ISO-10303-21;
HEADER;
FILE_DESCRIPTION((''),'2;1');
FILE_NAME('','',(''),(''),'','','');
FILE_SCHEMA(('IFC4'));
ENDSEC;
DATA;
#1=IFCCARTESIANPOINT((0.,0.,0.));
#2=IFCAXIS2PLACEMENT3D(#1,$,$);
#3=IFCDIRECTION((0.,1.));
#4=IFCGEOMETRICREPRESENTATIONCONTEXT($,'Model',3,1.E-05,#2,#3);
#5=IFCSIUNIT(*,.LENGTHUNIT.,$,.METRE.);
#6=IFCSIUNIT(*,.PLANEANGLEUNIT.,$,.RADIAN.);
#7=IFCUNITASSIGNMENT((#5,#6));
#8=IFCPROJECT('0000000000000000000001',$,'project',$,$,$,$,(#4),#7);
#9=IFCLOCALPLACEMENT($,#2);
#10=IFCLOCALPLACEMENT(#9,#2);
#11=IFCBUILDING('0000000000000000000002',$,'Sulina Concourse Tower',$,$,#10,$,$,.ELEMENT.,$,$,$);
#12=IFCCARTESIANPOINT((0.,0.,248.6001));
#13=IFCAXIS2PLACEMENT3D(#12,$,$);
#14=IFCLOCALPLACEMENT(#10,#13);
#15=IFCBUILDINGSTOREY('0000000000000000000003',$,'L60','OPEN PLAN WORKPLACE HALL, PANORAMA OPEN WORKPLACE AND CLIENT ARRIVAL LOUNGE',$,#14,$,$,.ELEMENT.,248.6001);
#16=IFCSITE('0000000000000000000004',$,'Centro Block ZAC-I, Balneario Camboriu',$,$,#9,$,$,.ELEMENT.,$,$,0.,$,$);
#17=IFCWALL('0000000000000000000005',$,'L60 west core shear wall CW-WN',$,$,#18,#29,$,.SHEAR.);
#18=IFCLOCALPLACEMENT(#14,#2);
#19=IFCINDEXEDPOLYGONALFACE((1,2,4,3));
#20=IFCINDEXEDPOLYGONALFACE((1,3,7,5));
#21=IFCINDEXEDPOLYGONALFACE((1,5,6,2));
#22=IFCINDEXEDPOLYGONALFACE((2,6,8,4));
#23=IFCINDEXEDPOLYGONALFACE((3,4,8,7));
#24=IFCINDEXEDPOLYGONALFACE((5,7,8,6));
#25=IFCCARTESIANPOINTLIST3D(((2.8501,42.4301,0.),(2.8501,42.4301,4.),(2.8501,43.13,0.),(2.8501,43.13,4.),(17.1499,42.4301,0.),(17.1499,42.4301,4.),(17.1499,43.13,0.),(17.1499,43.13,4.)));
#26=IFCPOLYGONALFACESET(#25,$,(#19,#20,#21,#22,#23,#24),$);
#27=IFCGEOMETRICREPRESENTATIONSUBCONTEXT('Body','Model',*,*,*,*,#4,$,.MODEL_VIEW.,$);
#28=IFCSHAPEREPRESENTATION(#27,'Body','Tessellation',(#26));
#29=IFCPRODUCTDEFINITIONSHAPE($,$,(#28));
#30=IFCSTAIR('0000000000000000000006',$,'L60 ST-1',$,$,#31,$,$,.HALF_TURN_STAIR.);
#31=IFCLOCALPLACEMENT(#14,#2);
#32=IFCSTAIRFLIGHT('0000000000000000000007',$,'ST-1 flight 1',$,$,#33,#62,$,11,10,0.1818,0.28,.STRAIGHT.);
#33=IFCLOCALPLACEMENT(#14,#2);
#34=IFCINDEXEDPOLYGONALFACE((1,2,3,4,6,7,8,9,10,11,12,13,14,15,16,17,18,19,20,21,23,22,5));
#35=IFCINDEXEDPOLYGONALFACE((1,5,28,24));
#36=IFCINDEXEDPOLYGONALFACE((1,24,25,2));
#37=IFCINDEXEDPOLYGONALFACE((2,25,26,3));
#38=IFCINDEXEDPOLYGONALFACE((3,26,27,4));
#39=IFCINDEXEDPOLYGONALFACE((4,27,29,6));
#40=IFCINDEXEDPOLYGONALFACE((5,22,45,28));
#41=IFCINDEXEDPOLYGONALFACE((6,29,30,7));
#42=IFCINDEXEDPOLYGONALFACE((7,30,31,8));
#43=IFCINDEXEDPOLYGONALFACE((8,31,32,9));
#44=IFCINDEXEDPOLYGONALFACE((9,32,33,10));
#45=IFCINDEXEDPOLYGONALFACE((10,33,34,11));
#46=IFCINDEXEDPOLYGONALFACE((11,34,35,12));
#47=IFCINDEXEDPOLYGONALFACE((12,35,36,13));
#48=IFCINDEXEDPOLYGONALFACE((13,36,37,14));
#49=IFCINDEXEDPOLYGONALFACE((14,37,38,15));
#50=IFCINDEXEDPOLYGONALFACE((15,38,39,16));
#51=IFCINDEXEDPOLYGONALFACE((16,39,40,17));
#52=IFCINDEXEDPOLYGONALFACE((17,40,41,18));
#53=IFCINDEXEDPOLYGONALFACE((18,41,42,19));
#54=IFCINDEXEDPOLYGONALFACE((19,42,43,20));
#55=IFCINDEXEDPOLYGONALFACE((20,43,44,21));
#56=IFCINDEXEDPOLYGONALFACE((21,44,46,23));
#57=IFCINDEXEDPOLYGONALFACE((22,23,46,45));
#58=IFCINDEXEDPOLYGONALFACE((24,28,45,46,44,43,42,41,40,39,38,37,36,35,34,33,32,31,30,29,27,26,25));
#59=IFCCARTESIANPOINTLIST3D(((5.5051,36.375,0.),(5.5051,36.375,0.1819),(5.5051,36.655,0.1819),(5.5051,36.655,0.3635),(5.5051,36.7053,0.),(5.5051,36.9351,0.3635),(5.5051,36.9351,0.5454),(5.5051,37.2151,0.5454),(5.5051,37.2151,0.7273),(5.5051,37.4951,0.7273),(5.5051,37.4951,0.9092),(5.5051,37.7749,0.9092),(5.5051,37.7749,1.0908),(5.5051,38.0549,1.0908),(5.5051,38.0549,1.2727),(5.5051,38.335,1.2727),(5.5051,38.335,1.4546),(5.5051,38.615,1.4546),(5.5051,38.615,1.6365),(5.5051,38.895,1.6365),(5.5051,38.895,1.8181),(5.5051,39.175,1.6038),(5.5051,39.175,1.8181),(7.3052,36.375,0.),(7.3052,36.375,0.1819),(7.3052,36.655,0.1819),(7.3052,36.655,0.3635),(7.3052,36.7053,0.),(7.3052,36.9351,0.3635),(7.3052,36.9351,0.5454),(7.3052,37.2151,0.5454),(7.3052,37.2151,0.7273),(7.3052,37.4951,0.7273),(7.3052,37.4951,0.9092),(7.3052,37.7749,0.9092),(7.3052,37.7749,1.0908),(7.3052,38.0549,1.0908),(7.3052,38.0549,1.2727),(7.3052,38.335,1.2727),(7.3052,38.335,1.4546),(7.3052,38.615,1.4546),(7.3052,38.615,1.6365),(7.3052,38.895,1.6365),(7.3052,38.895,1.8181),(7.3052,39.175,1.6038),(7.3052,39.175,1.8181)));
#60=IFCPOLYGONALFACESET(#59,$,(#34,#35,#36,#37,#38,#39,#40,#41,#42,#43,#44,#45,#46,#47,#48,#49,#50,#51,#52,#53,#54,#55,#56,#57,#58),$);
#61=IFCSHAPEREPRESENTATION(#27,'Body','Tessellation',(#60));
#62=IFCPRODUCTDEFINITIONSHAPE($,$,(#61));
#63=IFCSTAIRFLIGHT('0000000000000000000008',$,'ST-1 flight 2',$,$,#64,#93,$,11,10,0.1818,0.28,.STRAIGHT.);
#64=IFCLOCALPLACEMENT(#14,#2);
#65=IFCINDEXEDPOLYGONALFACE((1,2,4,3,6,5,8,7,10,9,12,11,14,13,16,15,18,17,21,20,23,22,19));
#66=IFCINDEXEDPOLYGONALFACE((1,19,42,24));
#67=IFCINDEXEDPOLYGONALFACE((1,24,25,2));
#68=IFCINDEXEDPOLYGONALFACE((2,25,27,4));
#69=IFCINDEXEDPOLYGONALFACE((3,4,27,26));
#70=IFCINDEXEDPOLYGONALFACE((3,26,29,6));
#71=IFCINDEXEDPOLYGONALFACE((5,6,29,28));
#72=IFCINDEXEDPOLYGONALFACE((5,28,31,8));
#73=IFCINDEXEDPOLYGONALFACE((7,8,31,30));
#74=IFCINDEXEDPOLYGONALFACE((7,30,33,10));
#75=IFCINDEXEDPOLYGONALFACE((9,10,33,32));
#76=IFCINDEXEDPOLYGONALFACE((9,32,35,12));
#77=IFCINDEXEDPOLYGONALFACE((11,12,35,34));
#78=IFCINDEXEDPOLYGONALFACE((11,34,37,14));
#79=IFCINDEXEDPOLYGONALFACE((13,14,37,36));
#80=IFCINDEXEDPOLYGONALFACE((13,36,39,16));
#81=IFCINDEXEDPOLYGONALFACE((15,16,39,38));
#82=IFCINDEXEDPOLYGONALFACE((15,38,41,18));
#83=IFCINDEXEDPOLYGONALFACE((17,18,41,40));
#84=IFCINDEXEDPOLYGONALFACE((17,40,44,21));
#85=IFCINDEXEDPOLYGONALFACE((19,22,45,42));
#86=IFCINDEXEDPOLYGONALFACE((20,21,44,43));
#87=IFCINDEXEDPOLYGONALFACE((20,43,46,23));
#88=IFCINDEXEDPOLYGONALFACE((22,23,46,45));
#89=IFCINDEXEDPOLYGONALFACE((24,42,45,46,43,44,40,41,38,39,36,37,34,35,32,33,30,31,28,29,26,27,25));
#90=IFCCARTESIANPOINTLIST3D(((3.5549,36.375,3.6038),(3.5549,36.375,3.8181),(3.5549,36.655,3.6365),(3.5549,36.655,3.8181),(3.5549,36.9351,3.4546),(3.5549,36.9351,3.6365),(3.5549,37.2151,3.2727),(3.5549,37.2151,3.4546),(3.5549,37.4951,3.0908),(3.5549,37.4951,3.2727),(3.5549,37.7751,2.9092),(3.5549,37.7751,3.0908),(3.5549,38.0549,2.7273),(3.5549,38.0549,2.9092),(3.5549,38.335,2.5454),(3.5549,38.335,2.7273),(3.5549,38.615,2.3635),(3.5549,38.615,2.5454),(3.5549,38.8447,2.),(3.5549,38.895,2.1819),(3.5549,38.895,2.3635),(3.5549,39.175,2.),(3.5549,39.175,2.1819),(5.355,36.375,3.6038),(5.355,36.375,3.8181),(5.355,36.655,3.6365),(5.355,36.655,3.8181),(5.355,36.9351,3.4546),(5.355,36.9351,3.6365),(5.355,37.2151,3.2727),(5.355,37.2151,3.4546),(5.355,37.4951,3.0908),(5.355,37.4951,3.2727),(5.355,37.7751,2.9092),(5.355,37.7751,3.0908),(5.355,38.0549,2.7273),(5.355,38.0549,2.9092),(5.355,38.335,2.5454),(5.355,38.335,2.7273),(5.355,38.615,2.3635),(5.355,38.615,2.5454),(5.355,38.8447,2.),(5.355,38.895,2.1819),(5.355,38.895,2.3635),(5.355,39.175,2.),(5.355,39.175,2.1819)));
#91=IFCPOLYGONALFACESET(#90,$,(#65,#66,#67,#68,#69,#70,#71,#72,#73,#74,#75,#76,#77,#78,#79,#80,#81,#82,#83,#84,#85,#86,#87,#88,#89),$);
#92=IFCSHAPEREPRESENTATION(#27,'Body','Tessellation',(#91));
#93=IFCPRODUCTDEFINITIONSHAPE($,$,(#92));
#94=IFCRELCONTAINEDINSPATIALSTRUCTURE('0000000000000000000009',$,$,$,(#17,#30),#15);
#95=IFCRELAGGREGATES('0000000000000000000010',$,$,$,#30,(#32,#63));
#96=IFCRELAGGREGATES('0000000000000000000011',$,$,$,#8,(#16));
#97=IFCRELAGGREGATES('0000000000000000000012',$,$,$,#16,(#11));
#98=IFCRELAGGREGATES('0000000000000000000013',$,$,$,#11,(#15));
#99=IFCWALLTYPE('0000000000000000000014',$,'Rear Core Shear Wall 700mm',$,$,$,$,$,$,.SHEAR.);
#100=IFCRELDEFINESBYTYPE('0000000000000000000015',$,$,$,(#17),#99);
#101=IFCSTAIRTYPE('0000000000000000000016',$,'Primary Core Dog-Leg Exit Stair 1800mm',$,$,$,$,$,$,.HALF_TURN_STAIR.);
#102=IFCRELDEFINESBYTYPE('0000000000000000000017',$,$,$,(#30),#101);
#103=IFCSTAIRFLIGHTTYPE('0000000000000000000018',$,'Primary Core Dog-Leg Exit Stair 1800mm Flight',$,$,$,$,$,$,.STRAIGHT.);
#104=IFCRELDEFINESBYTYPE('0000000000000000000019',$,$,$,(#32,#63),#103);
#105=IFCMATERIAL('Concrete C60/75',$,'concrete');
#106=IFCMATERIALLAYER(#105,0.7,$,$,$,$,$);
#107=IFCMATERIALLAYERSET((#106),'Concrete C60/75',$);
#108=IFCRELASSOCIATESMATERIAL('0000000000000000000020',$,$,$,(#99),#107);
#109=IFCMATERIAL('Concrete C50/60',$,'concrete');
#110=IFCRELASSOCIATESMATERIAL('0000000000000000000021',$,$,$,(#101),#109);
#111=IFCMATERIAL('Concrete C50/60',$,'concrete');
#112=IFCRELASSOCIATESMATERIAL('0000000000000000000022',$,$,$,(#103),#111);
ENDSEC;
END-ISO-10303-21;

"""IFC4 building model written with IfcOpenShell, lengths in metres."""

from ifc_helpers import new_model, si_unit, direction, frame, frame_2d, origin, place, context, subcontext, project, spatial, polyline, rectangle, outline, extrude, material, layer, layer_set, type_object, element, aggregate, save


model = new_model("IFC4")

# Units and contexts
model_context = context("Model", 3, precision=1e-05, world=origin(), true_north=direction((0.0, 1.0)))
body_context = subcontext(model_context, "Body", "Model", "MODEL_VIEW")
ifc_project = project(units=[si_unit("LENGTHUNIT", "METRE"), si_unit("PLANEANGLEUNIT", "RADIAN")], contexts=[model_context])

# Site, building, storey
site_placement = place(None, origin())
site = spatial("IfcSite", under=ifc_project, at=site_placement, Name="Centro Block ZAC-I, Balneario Camboriu", CompositionType="ELEMENT", RefElevation=0.0)
building_placement = place(site_placement, origin())
building = spatial("IfcBuilding", under=site, at=building_placement, Name="Sulina Concourse Tower", CompositionType="ELEMENT")
storey_placement = place(building_placement, frame((0.0, 0.0, 248.6001)))
storey = spatial("IfcBuildingStorey", under=building, at=storey_placement, Name="L60", Description="OPEN PLAN WORKPLACE HALL, PANORAMA OPEN WORKPLACE AND CLIENT ARRIVAL LOUNGE", CompositionType="ELEMENT", Elevation=248.6001)

# Wall
ifc_material_1 = material(Name="Concrete C60/75", Category="concrete")
ifc_layer_1 = layer(ifc_material_1, 0.7)
ifc_layer_set_1 = layer_set([ifc_layer_1], Name="Concrete C60/75")
wall_type_1 = type_object("IfcWallType", Name="Rear Core Shear Wall 700mm", PredefinedType="SHEAR", material=ifc_layer_set_1)
wall_1_placement = place(storey_placement, frame((2.8501, 42.78, 0.0), z_axis=(0.0, 0.0, 1.0), x_axis=(1.0, 0.0, 0.0)))
element("IfcWall", 1, at=wall_1_placement, inside=storey, type_object=wall_type_1, Name="L60 west core shear wall CW-WN", PredefinedType="SHEAR", context=body_context, shape_type="SweptSolid", body=[
    extrude(rectangle(XDim=14.2998, YDim=0.7, at=frame_2d((7.1499, 0.0))), origin(), (0.0, 0.0, 1.0), 4.0),
])

# Stair, stair flights
ifc_material_2 = material(Name="Concrete C50/60", Category="concrete")
stair_type = type_object("IfcStairType", Name="Primary Core Dog-Leg Exit Stair 1800mm", PredefinedType="HALF_TURN_STAIR", material=ifc_material_2)
stair_placement = place(storey_placement, origin())
stair = element("IfcStair", 2, at=stair_placement, inside=storey, type_object=stair_type, Name="L60 ST-1", PredefinedType="HALF_TURN_STAIR")
ifc_material_3 = material(Name="Concrete C50/60", Category="concrete")
stair_flight_type = type_object("IfcStairFlightType", Name="Primary Core Dog-Leg Exit Stair 1800mm Flight", PredefinedType="STRAIGHT", material=ifc_material_3)
stair_flight_1_placement = place(storey_placement, frame((6.405, 36.375, 0.0), z_axis=(0.0, 0.0, 1.0), x_axis=(0.0, 1.0, 0.0)))
stair_flight_1 = element("IfcStairFlight", 3, at=stair_flight_1_placement, type_object=stair_flight_type, Name="ST-1 flight 1", NumberOfRisers=11, NumberOfTreads=10, PredefinedType="STRAIGHT", RiserHeight=0.1818, TreadLength=0.28, context=body_context, shape_type="SweptSolid", body=[
    extrude(outline(polyline([(0.0, 0.0), (0.0, 0.1819), (0.28, 0.1819), (0.28, 0.3635), (0.5601, 0.3635), (0.5601, 0.5454), (0.8401, 0.5454), (0.8401, 0.7273), (1.1201, 0.7273), (1.1201, 0.9092), (1.3999, 0.9092), (1.3999, 1.0908), (1.6799, 1.0908), (1.6799, 1.2727), (1.96, 1.2727), (1.96, 1.4546), (2.24, 1.4546), (2.24, 1.6365), (2.52, 1.6365), (2.52, 1.8181), (2.8, 1.8181), (2.8, 2.0), (2.8, 1.6038), (0.3303, 0.0), (0.0, 0.0)])), frame((0.0, 0.8999, 0.0), z_axis=(0.0, -1.0, 0.0), x_axis=(1.0, 0.0, 0.0)), (0.0, 0.0, 1.0), 1.8),
])
stair_flight_2_placement = place(storey_placement, frame((4.4551, 39.175, 2.0), z_axis=(0.0, 0.0, 1.0), x_axis=(0.0, -1.0, 0.0)))
stair_flight_2 = element("IfcStairFlight", 4, at=stair_flight_2_placement, type_object=stair_flight_type, Name="ST-1 flight 2", NumberOfRisers=11, NumberOfTreads=10, PredefinedType="STRAIGHT", RiserHeight=0.1818, TreadLength=0.28, context=body_context, shape_type="SweptSolid", body=[
    extrude(outline(polyline([(0.0, 0.0), (0.0, 0.1819), (0.28, 0.1819), (0.28, 0.3635), (0.5601, 0.3635), (0.5601, 0.5454), (0.8401, 0.5454), (0.8401, 0.7273), (1.1201, 0.7273), (1.1201, 0.9092), (1.3999, 0.9092), (1.3999, 1.0908), (1.6799, 1.0908), (1.6799, 1.2727), (1.96, 1.2727), (1.96, 1.4546), (2.24, 1.4546), (2.24, 1.6365), (2.52, 1.6365), (2.52, 1.8181), (2.8, 1.8181), (2.8, 2.0), (2.8, 1.6038), (0.3303, 0.0), (0.0, 0.0)])), frame((0.0, 0.8999, 0.0), z_axis=(0.0, -1.0, 0.0), x_axis=(1.0, 0.0, 0.0)), (0.0, 0.0, 1.0), 1.8),
])
aggregate(stair, [stair_flight_1, stair_flight_2])

save(model, "model.ifc")
